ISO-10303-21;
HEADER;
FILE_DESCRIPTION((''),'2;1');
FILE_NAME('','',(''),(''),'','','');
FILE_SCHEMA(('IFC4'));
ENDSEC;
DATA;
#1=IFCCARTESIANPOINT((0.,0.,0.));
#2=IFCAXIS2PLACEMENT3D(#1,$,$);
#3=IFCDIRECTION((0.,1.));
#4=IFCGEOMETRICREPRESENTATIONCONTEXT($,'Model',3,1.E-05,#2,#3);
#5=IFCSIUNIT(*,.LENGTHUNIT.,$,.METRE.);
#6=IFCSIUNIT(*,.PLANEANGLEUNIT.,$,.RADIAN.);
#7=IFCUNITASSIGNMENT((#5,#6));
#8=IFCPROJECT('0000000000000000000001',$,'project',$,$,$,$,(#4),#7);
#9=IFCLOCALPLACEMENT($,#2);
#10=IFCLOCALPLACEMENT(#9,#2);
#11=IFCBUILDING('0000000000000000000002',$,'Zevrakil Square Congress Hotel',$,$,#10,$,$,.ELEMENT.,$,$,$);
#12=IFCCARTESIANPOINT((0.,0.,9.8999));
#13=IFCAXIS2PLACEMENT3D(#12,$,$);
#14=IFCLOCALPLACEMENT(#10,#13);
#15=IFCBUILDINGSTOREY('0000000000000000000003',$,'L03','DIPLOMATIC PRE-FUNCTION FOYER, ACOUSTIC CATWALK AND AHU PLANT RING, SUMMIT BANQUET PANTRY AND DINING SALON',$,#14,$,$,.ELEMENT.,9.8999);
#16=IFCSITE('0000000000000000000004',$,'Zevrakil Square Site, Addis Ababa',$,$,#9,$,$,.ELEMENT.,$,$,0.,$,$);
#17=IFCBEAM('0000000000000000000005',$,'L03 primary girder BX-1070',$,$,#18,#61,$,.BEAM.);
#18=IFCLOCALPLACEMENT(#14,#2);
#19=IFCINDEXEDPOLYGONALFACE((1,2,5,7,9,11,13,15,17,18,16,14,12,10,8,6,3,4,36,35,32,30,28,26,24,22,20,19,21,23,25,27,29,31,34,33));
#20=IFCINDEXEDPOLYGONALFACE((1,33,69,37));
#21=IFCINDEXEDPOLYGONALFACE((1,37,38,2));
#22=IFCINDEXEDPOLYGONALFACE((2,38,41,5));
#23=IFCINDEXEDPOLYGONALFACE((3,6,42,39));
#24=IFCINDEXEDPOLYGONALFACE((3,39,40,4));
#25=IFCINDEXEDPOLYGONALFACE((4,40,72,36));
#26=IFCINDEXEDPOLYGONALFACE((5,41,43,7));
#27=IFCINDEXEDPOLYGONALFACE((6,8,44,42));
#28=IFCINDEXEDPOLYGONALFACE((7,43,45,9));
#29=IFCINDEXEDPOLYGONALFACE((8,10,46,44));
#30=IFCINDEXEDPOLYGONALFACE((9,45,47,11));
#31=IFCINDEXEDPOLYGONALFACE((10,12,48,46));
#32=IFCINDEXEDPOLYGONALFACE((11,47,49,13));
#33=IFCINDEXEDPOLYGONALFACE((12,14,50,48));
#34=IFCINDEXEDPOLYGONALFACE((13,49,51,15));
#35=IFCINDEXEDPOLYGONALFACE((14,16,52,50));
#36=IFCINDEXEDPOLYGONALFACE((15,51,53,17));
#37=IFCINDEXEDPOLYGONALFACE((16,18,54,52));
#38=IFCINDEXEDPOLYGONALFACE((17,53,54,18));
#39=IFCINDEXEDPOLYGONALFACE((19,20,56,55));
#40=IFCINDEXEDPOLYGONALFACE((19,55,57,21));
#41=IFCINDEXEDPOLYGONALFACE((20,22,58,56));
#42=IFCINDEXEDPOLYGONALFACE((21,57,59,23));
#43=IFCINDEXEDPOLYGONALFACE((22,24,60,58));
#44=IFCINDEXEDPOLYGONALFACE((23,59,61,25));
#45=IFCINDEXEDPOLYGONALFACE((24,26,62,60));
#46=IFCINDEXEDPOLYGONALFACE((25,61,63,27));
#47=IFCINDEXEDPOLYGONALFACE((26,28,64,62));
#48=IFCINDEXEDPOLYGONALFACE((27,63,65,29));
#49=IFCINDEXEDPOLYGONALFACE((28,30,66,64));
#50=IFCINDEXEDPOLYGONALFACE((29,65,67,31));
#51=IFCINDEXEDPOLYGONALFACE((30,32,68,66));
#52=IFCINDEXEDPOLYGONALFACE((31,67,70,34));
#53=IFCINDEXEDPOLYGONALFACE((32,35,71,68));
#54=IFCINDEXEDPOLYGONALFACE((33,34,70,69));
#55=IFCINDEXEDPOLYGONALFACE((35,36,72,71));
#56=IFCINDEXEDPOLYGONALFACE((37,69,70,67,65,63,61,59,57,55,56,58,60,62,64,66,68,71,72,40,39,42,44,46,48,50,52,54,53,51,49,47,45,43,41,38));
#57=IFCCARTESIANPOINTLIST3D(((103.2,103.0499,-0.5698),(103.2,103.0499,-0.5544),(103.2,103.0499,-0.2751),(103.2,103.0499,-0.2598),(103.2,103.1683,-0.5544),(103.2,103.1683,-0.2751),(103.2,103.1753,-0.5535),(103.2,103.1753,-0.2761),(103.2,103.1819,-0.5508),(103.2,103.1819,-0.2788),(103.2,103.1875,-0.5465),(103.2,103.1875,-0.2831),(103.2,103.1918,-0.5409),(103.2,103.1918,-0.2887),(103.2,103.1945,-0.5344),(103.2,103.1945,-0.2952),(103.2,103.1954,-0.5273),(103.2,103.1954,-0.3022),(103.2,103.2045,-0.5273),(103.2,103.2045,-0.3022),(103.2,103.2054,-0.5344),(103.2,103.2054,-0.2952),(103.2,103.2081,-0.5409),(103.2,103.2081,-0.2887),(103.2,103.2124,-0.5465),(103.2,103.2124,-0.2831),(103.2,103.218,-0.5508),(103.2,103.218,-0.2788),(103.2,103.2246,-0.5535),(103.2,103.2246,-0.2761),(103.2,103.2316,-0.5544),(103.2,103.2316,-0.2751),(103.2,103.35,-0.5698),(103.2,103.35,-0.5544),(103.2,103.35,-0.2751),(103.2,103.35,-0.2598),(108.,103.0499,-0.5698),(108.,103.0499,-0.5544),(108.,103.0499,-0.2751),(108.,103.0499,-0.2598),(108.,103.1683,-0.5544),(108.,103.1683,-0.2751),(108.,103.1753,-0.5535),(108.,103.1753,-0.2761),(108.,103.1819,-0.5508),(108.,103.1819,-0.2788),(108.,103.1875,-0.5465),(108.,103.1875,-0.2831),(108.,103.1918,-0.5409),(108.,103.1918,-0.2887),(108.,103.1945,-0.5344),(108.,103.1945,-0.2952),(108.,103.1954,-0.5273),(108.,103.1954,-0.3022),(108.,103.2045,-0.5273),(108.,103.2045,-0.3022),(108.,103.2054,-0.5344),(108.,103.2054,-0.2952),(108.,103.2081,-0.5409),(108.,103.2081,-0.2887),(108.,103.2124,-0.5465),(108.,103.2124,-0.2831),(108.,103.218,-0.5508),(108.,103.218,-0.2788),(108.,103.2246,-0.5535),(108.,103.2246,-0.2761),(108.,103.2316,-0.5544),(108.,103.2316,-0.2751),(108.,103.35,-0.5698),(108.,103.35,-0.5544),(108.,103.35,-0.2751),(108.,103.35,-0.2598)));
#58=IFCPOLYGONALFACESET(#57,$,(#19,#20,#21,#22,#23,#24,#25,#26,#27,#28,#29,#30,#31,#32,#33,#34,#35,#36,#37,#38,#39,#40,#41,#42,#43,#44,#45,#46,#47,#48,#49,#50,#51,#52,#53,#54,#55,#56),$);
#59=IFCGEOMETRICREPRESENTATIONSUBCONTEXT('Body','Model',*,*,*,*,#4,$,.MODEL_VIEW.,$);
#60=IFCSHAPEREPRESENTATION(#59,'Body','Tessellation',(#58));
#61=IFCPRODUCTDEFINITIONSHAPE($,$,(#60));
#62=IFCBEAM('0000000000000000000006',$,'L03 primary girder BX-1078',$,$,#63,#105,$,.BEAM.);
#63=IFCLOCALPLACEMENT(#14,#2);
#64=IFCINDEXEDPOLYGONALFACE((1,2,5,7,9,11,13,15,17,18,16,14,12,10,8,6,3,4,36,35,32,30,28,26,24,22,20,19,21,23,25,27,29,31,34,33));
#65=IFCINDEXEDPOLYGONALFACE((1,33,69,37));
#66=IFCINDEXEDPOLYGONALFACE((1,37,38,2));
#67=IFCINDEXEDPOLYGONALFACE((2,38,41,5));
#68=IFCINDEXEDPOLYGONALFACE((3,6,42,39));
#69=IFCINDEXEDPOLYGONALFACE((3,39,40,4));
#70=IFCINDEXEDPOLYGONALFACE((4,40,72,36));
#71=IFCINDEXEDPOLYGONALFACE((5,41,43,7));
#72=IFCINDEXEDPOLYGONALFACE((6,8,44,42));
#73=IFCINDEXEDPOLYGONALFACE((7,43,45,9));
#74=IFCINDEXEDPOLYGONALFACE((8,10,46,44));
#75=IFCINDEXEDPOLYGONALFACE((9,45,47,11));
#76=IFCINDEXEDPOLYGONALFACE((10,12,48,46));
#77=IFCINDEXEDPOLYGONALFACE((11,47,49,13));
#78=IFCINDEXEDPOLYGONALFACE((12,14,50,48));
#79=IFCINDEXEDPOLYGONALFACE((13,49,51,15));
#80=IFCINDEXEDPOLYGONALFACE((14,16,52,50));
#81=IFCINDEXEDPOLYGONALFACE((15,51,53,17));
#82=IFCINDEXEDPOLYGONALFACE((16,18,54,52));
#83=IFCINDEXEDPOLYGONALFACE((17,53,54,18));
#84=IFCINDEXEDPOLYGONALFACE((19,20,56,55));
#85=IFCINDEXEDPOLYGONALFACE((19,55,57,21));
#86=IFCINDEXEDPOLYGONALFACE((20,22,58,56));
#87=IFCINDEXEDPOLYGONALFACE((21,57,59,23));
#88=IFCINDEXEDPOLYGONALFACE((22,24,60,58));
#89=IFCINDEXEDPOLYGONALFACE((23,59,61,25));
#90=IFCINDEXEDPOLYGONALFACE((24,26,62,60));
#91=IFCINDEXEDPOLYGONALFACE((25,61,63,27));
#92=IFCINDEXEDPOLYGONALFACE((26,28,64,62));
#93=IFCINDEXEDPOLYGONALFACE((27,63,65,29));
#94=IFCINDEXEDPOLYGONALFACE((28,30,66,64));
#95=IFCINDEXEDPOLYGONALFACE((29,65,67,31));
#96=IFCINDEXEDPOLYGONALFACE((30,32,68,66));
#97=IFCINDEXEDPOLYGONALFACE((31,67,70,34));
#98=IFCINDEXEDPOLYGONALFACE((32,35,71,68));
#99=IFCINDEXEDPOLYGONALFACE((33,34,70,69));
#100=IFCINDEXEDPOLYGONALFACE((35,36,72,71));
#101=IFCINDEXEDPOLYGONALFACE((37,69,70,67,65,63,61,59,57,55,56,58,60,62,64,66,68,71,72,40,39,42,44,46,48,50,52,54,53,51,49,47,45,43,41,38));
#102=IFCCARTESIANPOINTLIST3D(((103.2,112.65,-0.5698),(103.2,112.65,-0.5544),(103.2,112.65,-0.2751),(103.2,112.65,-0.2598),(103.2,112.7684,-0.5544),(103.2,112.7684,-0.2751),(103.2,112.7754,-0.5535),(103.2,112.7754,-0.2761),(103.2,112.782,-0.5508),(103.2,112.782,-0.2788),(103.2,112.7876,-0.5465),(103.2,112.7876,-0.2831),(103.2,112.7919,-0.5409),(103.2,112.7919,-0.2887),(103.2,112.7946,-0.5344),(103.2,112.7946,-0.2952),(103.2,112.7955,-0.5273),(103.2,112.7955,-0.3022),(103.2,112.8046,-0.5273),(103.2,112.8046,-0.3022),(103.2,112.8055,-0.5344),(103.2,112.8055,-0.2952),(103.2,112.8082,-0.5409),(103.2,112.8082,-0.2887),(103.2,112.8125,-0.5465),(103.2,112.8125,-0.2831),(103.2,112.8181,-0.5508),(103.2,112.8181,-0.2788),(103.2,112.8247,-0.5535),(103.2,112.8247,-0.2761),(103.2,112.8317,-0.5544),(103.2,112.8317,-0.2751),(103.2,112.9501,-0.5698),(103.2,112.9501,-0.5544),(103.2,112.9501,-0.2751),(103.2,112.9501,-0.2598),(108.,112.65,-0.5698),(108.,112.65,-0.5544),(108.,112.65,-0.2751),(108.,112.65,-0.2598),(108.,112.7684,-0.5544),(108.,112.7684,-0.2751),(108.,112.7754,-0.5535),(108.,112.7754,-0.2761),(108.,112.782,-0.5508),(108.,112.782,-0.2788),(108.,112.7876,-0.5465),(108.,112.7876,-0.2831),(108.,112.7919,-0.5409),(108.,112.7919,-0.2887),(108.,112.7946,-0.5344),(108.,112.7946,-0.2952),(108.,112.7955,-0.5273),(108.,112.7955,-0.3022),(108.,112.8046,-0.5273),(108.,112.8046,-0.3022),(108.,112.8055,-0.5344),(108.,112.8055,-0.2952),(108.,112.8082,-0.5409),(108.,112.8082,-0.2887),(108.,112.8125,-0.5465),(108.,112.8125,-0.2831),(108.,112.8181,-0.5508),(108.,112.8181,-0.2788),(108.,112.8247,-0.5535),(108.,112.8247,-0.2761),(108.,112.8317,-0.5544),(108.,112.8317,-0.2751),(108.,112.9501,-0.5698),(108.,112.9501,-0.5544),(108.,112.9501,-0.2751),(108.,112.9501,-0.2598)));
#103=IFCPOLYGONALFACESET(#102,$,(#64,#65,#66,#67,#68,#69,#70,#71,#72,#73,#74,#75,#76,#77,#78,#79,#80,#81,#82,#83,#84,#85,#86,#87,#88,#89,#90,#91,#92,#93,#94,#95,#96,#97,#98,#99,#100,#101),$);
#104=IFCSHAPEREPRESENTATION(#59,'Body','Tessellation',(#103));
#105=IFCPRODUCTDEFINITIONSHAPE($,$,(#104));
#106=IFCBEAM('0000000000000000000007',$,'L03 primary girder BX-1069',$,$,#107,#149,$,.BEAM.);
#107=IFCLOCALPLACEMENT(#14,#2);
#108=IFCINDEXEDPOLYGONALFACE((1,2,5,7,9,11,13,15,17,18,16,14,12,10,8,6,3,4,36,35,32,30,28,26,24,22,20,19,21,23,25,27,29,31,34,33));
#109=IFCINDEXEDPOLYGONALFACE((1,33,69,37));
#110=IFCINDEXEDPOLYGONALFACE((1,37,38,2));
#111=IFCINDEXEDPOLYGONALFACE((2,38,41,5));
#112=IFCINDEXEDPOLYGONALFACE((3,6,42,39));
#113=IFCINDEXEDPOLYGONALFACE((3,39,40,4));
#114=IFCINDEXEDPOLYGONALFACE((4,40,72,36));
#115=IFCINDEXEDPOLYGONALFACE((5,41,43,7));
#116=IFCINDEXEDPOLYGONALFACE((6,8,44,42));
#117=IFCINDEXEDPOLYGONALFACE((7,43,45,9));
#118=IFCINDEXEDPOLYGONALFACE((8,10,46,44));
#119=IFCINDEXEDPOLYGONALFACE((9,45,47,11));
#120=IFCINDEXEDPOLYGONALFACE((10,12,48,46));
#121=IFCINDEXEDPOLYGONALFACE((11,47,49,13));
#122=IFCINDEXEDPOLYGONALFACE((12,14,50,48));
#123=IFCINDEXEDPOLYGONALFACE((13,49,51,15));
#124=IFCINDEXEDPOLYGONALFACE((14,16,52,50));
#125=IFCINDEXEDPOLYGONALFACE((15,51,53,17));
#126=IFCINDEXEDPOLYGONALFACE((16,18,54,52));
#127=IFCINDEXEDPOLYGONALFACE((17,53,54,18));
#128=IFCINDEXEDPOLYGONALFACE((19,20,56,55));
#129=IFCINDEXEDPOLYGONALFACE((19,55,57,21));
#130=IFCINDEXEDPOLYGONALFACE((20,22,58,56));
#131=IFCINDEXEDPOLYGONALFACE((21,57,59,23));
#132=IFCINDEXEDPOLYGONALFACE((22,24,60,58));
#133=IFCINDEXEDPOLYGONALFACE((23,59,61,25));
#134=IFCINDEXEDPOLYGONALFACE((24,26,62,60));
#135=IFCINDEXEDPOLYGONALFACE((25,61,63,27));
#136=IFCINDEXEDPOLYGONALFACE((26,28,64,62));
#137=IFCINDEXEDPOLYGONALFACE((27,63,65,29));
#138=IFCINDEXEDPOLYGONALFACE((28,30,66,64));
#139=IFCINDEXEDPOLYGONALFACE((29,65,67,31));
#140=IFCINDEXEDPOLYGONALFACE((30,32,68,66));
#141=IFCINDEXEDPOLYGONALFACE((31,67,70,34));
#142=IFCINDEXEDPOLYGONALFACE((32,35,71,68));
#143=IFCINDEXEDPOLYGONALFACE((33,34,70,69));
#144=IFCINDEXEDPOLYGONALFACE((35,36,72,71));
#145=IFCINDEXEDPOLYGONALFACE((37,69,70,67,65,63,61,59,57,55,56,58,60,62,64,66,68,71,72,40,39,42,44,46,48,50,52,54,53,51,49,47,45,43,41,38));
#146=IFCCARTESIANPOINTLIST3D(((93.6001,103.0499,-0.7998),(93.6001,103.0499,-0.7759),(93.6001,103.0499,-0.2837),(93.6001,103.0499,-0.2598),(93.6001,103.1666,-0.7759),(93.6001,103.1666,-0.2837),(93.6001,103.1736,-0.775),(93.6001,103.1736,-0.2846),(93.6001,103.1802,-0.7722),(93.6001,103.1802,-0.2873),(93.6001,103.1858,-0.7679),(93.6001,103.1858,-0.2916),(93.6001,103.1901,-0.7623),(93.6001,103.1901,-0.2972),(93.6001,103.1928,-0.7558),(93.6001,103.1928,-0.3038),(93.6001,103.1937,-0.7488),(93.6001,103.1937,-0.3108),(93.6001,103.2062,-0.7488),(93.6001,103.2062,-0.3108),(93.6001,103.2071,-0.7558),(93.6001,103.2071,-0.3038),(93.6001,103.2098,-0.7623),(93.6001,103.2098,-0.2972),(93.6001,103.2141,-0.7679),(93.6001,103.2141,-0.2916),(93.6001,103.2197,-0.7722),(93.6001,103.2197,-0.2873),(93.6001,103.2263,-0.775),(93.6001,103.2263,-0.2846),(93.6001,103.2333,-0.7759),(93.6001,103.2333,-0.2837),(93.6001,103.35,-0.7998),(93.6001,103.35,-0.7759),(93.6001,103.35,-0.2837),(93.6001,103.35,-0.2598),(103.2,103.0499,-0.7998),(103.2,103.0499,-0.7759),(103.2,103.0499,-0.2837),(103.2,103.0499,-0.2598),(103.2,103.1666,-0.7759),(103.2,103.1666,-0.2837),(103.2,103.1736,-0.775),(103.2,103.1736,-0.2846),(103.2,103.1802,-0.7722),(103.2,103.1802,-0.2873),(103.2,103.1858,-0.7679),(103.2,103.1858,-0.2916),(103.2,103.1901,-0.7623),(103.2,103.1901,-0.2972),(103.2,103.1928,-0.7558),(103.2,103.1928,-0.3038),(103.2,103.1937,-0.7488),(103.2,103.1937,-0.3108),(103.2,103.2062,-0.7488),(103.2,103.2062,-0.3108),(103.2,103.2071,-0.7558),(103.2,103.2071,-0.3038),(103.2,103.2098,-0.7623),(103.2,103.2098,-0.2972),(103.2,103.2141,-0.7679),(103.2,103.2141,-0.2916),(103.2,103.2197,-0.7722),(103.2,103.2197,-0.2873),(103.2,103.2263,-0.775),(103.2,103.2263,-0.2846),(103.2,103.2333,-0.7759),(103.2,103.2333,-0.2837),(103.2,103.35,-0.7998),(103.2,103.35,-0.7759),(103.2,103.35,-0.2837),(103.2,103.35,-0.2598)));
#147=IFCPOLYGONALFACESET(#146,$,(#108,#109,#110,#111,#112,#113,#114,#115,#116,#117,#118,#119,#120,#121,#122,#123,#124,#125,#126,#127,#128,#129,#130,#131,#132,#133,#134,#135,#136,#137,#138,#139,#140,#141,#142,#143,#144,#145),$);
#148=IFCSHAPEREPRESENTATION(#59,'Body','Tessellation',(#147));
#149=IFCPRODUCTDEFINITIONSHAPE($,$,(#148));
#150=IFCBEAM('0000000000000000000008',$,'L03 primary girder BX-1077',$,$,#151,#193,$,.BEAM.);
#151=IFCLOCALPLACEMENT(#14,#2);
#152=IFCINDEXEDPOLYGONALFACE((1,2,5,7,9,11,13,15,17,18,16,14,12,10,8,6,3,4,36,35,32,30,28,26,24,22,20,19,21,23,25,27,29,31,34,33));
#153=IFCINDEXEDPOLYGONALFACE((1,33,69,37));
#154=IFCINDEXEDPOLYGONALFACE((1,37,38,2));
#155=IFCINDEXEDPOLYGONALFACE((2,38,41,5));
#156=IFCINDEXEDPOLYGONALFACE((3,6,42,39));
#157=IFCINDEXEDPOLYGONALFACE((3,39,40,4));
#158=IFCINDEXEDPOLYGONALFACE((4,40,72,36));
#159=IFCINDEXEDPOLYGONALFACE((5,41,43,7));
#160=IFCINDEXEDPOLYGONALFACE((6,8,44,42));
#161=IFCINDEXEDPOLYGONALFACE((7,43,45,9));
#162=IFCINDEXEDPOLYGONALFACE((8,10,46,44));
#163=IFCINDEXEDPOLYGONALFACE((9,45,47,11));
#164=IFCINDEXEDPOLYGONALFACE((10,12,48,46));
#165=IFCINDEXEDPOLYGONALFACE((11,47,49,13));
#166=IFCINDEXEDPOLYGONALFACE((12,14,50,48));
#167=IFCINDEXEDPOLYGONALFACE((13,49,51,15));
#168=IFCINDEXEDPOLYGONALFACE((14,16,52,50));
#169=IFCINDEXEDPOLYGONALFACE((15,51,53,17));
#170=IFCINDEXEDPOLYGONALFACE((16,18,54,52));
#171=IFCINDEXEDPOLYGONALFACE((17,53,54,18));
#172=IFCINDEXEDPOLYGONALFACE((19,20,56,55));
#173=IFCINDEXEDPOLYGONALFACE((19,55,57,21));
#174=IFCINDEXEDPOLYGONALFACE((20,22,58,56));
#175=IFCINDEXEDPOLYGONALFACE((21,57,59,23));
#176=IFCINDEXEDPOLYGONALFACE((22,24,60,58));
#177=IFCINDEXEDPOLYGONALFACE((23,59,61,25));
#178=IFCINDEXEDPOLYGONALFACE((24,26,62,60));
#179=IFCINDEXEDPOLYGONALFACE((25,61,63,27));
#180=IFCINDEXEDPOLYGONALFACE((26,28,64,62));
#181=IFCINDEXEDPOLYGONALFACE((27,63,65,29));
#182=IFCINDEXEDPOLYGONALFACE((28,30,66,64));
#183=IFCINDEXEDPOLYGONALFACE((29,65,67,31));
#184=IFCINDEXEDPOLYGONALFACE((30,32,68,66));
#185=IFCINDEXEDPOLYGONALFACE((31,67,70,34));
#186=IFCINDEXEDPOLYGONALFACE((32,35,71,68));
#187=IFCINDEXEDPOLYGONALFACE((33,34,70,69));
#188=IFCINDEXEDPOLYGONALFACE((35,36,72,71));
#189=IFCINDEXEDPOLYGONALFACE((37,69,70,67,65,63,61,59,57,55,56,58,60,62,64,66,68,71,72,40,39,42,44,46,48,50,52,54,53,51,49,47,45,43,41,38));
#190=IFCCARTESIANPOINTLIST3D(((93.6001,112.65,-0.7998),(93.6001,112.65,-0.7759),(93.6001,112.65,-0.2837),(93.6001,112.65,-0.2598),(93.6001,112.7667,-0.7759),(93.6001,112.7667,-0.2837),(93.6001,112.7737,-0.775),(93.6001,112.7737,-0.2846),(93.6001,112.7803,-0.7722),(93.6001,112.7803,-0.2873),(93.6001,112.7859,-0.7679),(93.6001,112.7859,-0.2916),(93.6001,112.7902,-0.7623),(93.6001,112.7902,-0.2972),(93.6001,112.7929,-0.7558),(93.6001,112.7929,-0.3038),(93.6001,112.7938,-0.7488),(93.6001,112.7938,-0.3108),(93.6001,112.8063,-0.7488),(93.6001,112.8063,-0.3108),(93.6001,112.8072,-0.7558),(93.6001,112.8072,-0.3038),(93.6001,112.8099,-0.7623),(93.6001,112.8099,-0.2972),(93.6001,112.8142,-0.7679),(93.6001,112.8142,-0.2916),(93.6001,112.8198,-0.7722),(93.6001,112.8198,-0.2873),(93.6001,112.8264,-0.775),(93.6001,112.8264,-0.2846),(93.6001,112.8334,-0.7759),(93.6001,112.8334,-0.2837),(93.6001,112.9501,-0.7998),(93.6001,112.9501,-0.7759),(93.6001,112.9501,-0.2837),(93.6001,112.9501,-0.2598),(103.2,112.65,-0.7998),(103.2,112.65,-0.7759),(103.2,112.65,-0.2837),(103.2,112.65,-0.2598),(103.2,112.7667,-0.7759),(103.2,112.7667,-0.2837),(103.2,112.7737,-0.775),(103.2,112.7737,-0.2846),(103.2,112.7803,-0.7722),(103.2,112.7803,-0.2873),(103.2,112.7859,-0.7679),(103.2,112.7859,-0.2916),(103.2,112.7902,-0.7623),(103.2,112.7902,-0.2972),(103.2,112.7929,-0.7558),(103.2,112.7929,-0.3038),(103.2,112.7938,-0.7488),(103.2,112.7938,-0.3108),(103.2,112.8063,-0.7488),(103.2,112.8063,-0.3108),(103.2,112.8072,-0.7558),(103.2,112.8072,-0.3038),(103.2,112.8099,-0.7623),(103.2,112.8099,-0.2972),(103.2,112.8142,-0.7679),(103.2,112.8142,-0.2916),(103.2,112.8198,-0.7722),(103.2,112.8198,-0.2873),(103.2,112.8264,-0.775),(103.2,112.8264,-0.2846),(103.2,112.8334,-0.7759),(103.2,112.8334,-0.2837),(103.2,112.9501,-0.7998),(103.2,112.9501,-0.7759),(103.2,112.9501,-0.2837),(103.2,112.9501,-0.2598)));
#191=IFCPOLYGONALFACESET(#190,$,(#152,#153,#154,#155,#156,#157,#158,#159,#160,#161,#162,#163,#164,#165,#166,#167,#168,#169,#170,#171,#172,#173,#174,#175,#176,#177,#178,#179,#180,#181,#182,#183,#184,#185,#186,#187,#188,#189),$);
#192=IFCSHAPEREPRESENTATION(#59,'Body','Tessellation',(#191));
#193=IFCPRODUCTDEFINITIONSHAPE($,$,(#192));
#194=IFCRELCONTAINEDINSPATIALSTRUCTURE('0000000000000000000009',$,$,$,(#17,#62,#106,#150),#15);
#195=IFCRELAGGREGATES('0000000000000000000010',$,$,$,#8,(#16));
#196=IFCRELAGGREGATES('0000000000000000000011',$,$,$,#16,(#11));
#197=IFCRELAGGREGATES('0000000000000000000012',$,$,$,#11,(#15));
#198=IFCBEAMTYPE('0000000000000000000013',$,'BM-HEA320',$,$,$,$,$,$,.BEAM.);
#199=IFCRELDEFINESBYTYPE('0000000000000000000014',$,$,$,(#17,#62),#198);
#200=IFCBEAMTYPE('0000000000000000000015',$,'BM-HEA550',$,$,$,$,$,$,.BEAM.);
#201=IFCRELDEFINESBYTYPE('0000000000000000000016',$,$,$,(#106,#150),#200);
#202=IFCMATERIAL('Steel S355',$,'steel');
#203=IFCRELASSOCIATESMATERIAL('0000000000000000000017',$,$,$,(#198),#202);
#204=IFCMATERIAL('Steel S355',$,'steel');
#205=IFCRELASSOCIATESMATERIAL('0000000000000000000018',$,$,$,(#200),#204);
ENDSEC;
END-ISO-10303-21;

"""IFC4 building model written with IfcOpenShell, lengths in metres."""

from ifc_helpers import new_model, si_unit, direction, frame, origin, origin_2d, place, context, subcontext, project, spatial, i_section, extrude, material, material_profile, profile_set, type_object, element, save


model = new_model("IFC4")

# Units and contexts
model_context = context("Model", 3, precision=1e-05, world=origin(), true_north=direction((0.0, 1.0)))
body_context = subcontext(model_context, "Body", "Model", "MODEL_VIEW")
ifc_project = project(units=[si_unit("LENGTHUNIT", "METRE"), si_unit("PLANEANGLEUNIT", "RADIAN")], contexts=[model_context])

# Site, building, storey
site_placement = place(None, origin())
site = spatial("IfcSite", under=ifc_project, at=site_placement, Name="Zevrakil Square Site, Addis Ababa", CompositionType="ELEMENT", RefElevation=0.0)
building_placement = place(site_placement, origin())
building = spatial("IfcBuilding", under=site, at=building_placement, Name="Zevrakil Square Congress Hotel", CompositionType="ELEMENT")
storey_placement = place(building_placement, frame((0.0, 0.0, 9.8999)))
storey = spatial("IfcBuildingStorey", under=building, at=storey_placement, Name="L03", Description="DIPLOMATIC PRE-FUNCTION FOYER, ACOUSTIC CATWALK AND AHU PLANT RING, SUMMIT BANQUET PANTRY AND DINING SALON", CompositionType="ELEMENT", Elevation=9.8999)

# Beams
ifc_material_1 = material(Name="Steel S355", Category="steel")
ifc_material_profile_1 = material_profile(ifc_material_1, i_section(OverallWidth=0.3, OverallDepth=0.3101, WebThickness=0.009, FlangeThickness=0.0154, FilletRadius=0.0271, at=origin_2d()), Name="HEA 320")
ifc_profile_set_1 = profile_set([ifc_material_profile_1], Name="Steel S355")
beam_type_1 = type_object("IfcBeamType", Name="BM-HEA320", PredefinedType="BEAM", material=ifc_profile_set_1)
for number, where, z_axis, x_axis, name in (
    (1, (103.2, 103.2, -0.4148), (1.0, 0.0, 0.0), (0.0, 1.0, 0.0), "L03 primary girder BX-1070"),
    (2, (103.2, 112.8, -0.4148), (1.0, 0.0, 0.0), (0.0, 1.0, 0.0), "L03 primary girder BX-1078"),
):
    element("IfcBeam", number, at=place(storey_placement, frame(where, z_axis=z_axis, x_axis=x_axis)), inside=storey, type_object=beam_type_1, Name=name, PredefinedType="BEAM", context=body_context, shape_type="SweptSolid", body=[
        extrude(i_section(OverallWidth=0.3, OverallDepth=0.3101, WebThickness=0.009, FlangeThickness=0.0154, FilletRadius=0.0271, at=origin_2d()), origin(), (0.0, 0.0, 1.0), 4.8),
    ])
ifc_material_2 = material(Name="Steel S355", Category="steel")
ifc_material_profile_2 = material_profile(ifc_material_2, i_section(OverallWidth=0.3, OverallDepth=0.54, WebThickness=0.0125, FlangeThickness=0.0239, FilletRadius=0.0271, at=origin_2d()), Name="HEA 550")
ifc_profile_set_2 = profile_set([ifc_material_profile_2], Name="Steel S355")
beam_type_2 = type_object("IfcBeamType", Name="BM-HEA550", PredefinedType="BEAM", material=ifc_profile_set_2)
for number, where, z_axis, x_axis, name in (
    (3, (93.6001, 103.2, -0.5298), (1.0, 0.0, 0.0), (0.0, 1.0, 0.0), "L03 primary girder BX-1069"),
    (4, (93.6001, 112.8, -0.5298), (1.0, 0.0, 0.0), (0.0, 1.0, 0.0), "L03 primary girder BX-1077"),
):
    element("IfcBeam", number, at=place(storey_placement, frame(where, z_axis=z_axis, x_axis=x_axis)), inside=storey, type_object=beam_type_2, Name=name, PredefinedType="BEAM", context=body_context, shape_type="SweptSolid", body=[
        extrude(i_section(OverallWidth=0.3, OverallDepth=0.54, WebThickness=0.0125, FlangeThickness=0.0239, FilletRadius=0.0271, at=origin_2d()), origin(), (0.0, 0.0, 1.0), 9.5999),
    ])

save(model, "model.ifc")
